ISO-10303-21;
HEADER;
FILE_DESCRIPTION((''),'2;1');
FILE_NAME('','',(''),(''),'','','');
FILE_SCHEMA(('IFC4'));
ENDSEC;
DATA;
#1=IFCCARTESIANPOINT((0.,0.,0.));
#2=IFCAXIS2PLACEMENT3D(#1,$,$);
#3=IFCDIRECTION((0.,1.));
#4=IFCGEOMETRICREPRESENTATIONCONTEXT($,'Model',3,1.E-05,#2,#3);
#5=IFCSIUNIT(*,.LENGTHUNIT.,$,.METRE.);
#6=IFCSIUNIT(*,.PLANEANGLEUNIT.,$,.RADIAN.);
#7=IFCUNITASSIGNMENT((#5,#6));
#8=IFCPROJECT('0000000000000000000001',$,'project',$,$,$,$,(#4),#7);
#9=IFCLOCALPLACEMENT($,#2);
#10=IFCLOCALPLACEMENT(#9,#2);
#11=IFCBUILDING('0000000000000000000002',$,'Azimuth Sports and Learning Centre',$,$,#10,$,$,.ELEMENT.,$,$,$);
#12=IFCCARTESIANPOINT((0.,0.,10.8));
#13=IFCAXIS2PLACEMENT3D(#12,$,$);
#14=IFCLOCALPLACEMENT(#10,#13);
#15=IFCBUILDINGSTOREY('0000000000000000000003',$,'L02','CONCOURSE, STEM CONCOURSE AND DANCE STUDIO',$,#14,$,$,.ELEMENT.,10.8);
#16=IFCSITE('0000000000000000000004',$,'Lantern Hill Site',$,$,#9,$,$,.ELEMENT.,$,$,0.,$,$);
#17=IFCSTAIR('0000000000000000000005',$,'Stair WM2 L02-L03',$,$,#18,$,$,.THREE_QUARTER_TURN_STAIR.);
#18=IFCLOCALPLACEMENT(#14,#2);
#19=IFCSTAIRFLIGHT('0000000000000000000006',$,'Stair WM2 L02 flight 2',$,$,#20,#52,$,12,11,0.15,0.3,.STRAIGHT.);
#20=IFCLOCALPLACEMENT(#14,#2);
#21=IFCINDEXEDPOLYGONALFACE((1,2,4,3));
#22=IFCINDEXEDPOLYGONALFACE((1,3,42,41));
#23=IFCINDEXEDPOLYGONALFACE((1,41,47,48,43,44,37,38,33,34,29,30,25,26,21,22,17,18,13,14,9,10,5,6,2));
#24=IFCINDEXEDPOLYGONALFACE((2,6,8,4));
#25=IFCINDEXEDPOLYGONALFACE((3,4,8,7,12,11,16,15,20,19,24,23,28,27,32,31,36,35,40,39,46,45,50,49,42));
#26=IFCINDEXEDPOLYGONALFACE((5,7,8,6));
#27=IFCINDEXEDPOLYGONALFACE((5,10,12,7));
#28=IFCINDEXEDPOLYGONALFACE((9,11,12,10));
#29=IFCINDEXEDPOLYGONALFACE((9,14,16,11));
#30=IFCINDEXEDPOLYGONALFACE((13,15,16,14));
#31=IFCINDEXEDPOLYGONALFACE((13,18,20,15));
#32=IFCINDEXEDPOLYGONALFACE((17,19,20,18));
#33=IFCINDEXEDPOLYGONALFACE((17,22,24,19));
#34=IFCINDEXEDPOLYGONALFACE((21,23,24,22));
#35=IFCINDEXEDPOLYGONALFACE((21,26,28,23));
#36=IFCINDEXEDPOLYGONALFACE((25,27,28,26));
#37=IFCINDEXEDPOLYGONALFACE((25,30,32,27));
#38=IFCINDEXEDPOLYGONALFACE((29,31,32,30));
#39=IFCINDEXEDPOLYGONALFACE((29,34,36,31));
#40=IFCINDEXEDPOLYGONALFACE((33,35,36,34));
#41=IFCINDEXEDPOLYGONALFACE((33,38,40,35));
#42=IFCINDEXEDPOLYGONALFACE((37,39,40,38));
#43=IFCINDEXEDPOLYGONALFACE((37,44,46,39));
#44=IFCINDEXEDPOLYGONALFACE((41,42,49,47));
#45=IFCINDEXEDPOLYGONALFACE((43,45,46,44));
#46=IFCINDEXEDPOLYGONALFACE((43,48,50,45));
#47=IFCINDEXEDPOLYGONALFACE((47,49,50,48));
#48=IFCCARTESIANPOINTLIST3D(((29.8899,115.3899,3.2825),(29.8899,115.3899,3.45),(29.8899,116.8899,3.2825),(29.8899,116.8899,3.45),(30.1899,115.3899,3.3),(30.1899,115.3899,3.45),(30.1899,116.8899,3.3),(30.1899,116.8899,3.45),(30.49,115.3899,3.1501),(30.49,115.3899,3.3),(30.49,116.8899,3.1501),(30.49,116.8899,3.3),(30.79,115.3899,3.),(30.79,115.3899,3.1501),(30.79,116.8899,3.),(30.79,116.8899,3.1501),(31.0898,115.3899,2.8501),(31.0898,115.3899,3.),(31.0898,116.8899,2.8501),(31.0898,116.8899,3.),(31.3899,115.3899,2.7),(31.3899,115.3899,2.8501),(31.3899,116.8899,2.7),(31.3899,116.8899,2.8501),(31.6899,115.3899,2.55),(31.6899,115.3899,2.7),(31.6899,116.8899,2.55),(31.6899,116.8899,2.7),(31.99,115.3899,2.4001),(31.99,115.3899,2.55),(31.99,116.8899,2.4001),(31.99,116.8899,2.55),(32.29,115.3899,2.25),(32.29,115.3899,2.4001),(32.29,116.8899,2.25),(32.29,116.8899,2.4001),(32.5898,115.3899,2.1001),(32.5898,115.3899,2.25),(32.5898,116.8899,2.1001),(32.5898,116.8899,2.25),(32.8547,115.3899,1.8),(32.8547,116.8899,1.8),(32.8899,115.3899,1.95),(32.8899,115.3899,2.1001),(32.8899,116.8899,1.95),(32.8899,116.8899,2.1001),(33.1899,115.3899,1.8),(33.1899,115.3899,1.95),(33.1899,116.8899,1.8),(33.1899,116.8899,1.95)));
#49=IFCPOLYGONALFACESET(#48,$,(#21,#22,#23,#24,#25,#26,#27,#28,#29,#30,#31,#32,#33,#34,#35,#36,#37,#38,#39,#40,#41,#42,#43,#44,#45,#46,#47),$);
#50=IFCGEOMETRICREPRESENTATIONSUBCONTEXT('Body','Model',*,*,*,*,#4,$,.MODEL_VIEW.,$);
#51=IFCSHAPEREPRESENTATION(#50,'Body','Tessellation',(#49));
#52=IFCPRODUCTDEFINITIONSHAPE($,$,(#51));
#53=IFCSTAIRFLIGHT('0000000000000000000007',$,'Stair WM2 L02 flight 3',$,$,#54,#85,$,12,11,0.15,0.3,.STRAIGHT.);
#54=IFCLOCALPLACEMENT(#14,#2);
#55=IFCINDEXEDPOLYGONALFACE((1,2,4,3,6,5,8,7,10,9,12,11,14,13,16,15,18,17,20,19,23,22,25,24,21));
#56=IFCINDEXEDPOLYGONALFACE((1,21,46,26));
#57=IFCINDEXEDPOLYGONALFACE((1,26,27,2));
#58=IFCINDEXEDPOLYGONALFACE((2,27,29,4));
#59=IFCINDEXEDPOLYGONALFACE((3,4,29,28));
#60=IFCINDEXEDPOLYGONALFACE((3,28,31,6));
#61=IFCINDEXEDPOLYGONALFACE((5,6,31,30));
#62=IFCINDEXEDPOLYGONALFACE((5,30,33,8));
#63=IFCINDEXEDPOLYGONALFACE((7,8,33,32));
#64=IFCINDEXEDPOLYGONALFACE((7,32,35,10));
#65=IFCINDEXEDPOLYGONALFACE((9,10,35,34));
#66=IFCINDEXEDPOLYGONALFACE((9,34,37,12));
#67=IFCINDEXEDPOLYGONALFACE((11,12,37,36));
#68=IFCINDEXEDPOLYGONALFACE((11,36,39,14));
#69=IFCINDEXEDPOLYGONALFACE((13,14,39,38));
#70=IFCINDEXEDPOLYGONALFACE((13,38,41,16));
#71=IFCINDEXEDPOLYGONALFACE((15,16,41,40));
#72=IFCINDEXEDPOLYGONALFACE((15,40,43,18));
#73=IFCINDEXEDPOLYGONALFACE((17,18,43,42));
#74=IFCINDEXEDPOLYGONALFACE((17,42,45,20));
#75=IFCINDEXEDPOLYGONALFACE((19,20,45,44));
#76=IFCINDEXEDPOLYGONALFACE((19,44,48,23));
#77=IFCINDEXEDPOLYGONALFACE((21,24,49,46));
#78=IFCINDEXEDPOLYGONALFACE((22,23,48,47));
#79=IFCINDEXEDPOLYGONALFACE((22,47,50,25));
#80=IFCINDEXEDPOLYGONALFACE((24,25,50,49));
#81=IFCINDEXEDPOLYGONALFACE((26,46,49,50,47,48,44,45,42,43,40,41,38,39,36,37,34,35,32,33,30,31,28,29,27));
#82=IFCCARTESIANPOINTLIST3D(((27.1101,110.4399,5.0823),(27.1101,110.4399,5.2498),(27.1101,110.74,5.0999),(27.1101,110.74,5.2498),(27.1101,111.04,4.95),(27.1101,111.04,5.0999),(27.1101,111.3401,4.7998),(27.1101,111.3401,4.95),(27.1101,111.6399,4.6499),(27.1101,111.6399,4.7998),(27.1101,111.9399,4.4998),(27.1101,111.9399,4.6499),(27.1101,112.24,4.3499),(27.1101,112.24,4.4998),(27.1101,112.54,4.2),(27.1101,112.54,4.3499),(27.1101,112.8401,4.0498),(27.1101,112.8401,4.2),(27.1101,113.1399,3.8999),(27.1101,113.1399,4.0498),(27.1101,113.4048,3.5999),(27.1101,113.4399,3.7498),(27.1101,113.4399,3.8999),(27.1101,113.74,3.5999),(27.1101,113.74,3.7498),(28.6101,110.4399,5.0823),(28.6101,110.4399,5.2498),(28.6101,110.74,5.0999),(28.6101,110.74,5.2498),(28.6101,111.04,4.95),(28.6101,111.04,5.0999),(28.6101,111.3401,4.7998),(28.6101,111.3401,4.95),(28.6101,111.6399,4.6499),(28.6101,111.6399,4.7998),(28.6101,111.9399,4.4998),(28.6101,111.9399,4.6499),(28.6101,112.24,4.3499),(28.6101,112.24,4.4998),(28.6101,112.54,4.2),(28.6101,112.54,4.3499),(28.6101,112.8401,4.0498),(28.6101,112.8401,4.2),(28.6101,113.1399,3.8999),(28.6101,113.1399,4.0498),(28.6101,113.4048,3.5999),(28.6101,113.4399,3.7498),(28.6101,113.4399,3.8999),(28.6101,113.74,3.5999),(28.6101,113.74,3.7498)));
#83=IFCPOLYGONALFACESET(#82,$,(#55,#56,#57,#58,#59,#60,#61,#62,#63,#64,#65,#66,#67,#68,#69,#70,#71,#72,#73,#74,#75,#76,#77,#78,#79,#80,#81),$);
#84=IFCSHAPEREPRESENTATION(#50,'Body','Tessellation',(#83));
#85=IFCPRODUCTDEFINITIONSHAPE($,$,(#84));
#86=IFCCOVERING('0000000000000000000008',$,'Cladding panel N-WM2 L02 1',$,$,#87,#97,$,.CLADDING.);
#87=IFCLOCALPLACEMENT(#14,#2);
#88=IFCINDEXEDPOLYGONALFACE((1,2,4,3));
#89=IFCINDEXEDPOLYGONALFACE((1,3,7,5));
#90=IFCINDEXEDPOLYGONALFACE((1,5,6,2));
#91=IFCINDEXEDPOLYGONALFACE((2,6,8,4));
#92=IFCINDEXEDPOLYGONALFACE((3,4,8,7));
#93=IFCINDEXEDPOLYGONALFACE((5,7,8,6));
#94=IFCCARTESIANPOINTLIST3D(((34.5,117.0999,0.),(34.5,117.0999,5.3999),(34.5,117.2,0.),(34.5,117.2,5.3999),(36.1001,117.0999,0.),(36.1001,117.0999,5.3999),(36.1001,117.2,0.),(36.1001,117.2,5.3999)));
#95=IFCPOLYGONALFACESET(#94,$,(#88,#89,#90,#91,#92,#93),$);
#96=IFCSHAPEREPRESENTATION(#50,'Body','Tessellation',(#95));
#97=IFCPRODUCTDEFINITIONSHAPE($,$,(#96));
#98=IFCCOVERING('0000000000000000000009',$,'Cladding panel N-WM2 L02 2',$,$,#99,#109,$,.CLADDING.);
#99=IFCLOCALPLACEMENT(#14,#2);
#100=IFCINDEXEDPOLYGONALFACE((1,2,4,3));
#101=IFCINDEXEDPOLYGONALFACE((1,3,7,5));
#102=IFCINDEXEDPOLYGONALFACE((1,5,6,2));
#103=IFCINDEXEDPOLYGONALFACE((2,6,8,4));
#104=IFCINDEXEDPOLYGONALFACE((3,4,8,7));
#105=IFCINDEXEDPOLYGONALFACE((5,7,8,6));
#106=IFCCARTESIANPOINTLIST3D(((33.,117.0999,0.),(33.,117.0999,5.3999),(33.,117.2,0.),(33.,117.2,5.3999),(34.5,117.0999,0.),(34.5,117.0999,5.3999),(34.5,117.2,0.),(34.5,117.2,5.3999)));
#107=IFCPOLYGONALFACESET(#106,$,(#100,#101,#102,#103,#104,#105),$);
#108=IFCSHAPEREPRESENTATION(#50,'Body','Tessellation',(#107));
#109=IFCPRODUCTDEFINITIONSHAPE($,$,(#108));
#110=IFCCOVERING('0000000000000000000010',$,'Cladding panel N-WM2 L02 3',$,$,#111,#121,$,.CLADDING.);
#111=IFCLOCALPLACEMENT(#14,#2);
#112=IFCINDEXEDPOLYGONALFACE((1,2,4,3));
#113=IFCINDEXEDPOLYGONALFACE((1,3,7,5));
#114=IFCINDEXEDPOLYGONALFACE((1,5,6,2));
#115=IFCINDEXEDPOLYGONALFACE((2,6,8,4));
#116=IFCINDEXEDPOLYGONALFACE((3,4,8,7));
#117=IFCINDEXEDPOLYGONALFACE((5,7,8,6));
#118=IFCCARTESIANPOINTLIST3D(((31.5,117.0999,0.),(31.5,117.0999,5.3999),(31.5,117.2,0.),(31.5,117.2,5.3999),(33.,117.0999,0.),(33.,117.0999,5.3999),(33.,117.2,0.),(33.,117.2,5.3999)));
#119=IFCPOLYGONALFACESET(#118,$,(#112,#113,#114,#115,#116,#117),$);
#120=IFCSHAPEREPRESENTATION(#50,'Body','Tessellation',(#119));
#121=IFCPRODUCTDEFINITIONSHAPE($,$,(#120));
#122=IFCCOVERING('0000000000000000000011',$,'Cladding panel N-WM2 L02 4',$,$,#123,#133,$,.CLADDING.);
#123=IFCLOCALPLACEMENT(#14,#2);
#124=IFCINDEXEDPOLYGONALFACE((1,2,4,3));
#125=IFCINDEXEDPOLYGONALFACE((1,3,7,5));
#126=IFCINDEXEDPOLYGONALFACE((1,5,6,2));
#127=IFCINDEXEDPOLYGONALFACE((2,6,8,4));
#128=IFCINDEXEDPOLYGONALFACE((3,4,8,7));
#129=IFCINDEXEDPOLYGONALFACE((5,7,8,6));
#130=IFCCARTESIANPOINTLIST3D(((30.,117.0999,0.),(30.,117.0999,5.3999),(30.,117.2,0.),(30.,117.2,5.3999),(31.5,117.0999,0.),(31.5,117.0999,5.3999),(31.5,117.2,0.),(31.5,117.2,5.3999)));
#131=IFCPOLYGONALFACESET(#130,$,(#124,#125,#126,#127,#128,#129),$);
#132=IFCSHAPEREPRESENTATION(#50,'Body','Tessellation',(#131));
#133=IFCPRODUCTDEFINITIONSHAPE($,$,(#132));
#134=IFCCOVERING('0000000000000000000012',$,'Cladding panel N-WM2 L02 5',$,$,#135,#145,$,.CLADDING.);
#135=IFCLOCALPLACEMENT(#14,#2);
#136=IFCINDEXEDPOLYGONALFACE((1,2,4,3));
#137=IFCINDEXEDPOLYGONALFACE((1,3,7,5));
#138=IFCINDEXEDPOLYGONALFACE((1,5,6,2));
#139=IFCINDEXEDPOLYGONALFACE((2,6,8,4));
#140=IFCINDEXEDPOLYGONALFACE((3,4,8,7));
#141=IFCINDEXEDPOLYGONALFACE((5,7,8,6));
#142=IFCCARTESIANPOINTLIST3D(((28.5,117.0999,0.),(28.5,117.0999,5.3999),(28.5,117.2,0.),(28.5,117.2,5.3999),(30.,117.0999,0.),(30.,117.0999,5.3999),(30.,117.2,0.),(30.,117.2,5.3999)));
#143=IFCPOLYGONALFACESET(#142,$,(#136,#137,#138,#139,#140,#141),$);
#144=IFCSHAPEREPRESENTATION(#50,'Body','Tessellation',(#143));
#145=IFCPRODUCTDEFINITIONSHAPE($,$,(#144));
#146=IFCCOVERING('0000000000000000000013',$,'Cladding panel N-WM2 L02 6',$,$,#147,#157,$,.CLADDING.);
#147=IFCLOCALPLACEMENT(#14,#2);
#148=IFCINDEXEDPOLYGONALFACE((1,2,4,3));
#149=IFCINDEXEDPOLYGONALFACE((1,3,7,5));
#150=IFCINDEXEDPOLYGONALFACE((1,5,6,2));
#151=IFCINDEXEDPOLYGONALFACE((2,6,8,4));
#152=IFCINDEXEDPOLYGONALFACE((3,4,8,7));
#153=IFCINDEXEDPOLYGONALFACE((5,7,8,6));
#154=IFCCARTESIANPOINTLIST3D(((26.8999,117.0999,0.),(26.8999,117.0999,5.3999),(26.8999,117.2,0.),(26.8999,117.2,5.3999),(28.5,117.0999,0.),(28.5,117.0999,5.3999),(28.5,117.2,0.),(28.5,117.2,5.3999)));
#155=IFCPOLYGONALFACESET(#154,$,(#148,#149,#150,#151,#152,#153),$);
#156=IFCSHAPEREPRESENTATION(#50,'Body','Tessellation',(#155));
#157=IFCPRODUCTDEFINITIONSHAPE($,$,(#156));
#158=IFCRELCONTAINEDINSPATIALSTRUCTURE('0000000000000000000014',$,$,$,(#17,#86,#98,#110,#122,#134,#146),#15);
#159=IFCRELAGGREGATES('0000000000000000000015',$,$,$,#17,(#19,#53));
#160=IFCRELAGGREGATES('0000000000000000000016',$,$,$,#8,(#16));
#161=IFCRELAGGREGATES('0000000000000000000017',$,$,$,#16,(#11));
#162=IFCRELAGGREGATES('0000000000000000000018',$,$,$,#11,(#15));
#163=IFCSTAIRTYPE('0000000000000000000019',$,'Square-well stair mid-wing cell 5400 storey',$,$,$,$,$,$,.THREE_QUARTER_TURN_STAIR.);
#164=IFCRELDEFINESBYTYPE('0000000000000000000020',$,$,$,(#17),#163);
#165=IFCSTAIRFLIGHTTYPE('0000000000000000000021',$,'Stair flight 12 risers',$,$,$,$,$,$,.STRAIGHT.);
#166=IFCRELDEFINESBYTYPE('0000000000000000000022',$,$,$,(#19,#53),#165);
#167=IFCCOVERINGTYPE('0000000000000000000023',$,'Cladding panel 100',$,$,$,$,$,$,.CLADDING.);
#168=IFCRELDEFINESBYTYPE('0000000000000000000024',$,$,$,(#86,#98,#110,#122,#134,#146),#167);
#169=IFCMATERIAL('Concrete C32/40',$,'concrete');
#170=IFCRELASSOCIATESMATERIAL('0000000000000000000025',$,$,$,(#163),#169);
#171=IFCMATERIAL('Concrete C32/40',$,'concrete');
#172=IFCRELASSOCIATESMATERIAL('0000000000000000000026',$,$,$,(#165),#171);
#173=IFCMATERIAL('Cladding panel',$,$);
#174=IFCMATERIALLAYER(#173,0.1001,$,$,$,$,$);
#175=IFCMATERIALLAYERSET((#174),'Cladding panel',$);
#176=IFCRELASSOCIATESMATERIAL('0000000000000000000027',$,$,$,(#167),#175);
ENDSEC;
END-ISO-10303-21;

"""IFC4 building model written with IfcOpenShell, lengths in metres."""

from ifc_helpers import new_model, si_unit, direction, frame, origin, origin_2d, place, context, subcontext, project, spatial, polyline, rectangle, outline, extrude, material, layer, layer_set, type_object, element, aggregate, save


model = new_model("IFC4")

# Units and contexts
model_context = context("Model", 3, precision=1e-05, world=origin(), true_north=direction((0.0, 1.0)))
body_context = subcontext(model_context, "Body", "Model", "MODEL_VIEW")
ifc_project = project(units=[si_unit("LENGTHUNIT", "METRE"), si_unit("PLANEANGLEUNIT", "RADIAN")], contexts=[model_context])

# Site, building, storey
site_placement = place(None, origin())
site = spatial("IfcSite", under=ifc_project, at=site_placement, Name="Lantern Hill Site", CompositionType="ELEMENT", RefElevation=0.0)
building_placement = place(site_placement, origin())
building = spatial("IfcBuilding", under=site, at=building_placement, Name="Azimuth Sports and Learning Centre", CompositionType="ELEMENT")
storey_placement = place(building_placement, frame((0.0, 0.0, 10.8)))
storey = spatial("IfcBuildingStorey", under=building, at=storey_placement, Name="L02", Description="CONCOURSE, STEM CONCOURSE AND DANCE STUDIO", CompositionType="ELEMENT", Elevation=10.8)

# Stair, stair flights
ifc_material_1 = material(Name="Concrete C32/40", Category="concrete")
stair_type = type_object("IfcStairType", Name="Square-well stair mid-wing cell 5400 storey", PredefinedType="THREE_QUARTER_TURN_STAIR", material=ifc_material_1)
stair_placement = place(storey_placement, origin())
stair = element("IfcStair", 1, at=stair_placement, inside=storey, type_object=stair_type, Name="Stair WM2 L02-L03", PredefinedType="THREE_QUARTER_TURN_STAIR")
ifc_material_2 = material(Name="Concrete C32/40", Category="concrete")
stair_flight_type = type_object("IfcStairFlightType", Name="Stair flight 12 risers", PredefinedType="STRAIGHT", material=ifc_material_2)
stair_flight_1_placement = place(storey_placement, frame((33.1899, 116.1399, 1.8), z_axis=(0.0, 0.0, 1.0), x_axis=(-1.0, 0.0, 0.0)))
stair_flight_1 = element("IfcStairFlight", 2, at=stair_flight_1_placement, type_object=stair_flight_type, Name="Stair WM2 L02 flight 2", NumberOfRisers=12, NumberOfTreads=11, PredefinedType="STRAIGHT", RiserHeight=0.15, TreadLength=0.3, context=body_context, shape_type="SweptSolid", body=[
    extrude(outline(polyline([(0.0, 0.0), (0.0, 0.1499), (0.3, 0.1499), (0.3, 0.3), (0.6001, 0.3), (0.6001, 0.45), (0.8999, 0.45), (0.8999, 0.6001), (1.2, 0.6001), (1.2, 0.75), (1.5, 0.75), (1.5, 0.8999), (1.8, 0.8999), (1.8, 1.05), (2.1001, 1.05), (2.1001, 1.2), (2.3999, 1.2), (2.3999, 1.3501), (2.7, 1.3501), (2.7, 1.5), (3.0, 1.5), (3.0, 1.6499), (3.3, 1.6499), (3.3, 1.8), (3.3, 1.4824), (0.3352, 0.0), (0.0, 0.0)])), frame((0.0, 0.75, 0.0), z_axis=(0.0, -1.0, 0.0), x_axis=(1.0, 0.0, 0.0)), (0.0, 0.0, 1.0), 1.5),
])
stair_flight_2_placement = place(storey_placement, frame((27.8601, 113.74, 3.5999), z_axis=(0.0, 0.0, 1.0), x_axis=(0.0, -1.0, 0.0)))
stair_flight_2 = element("IfcStairFlight", 3, at=stair_flight_2_placement, type_object=stair_flight_type, Name="Stair WM2 L02 flight 3", NumberOfRisers=12, NumberOfTreads=11, PredefinedType="STRAIGHT", RiserHeight=0.15, TreadLength=0.3, context=body_context, shape_type="SweptSolid", body=[
    extrude(outline(polyline([(0.0, 0.0), (0.0, 0.1499), (0.3, 0.1499), (0.3, 0.3), (0.6001, 0.3), (0.6001, 0.45), (0.8999, 0.45), (0.8999, 0.6001), (1.2, 0.6001), (1.2, 0.75), (1.5, 0.75), (1.5, 0.8999), (1.8, 0.8999), (1.8, 1.05), (2.1001, 1.05), (2.1001, 1.2), (2.3999, 1.2), (2.3999, 1.3501), (2.7, 1.3501), (2.7, 1.5), (3.0, 1.5), (3.0, 1.6499), (3.3, 1.6499), (3.3, 1.8), (3.3, 1.4824), (0.3352, 0.0), (0.0, 0.0)])), frame((0.0, 0.75, 0.0), z_axis=(0.0, -1.0, 0.0), x_axis=(1.0, 0.0, 0.0)), (0.0, 0.0, 1.0), 1.5),
])
aggregate(stair, [stair_flight_1, stair_flight_2])

# Coverings
ifc_material_3 = material(Name="Cladding panel")
ifc_layer_1 = layer(ifc_material_3, 0.1001)
ifc_layer_set_1 = layer_set([ifc_layer_1], Name="Cladding panel")
covering_type = type_object("IfcCoveringType", Name="Cladding panel 100", PredefinedType="CLADDING", material=ifc_layer_set_1)
covering_1_placement = place(storey_placement, frame((35.3, 117.1499, 0.0), z_axis=(0.0, 0.0, 1.0), x_axis=(-1.0, 0.0, 0.0)))
element("IfcCovering", 4, at=covering_1_placement, inside=storey, type_object=covering_type, Name="Cladding panel N-WM2 L02 1", PredefinedType="CLADDING", context=body_context, shape_type="SweptSolid", body=[
    extrude(rectangle(XDim=1.6001, YDim=0.1001, at=origin_2d()), origin(), (0.0, 0.0, 1.0), 5.3999),
])
for number, where, z_axis, x_axis, name in (
    (5, (33.75, 117.1499, 0.0), (0.0, 0.0, 1.0), (-1.0, 0.0, 0.0), "Cladding panel N-WM2 L02 2"),
    (6, (32.25, 117.1499, 0.0), (0.0, 0.0, 1.0), (-1.0, 0.0, 0.0), "Cladding panel N-WM2 L02 3"),
    (7, (30.75, 117.1499, 0.0), (0.0, 0.0, 1.0), (-1.0, 0.0, 0.0), "Cladding panel N-WM2 L02 4"),
    (8, (29.25, 117.1499, 0.0), (0.0, 0.0, 1.0), (-1.0, 0.0, 0.0), "Cladding panel N-WM2 L02 5"),
):
    element("IfcCovering", number, at=place(storey_placement, frame(where, z_axis=z_axis, x_axis=x_axis)), inside=storey, type_object=covering_type, Name=name, PredefinedType="CLADDING", context=body_context, shape_type="SweptSolid", body=[
        extrude(rectangle(XDim=1.5, YDim=0.1001, at=origin_2d()), origin(), (0.0, 0.0, 1.0), 5.3999),
    ])
covering_2_placement = place(storey_placement, frame((27.7, 117.1499, 0.0), z_axis=(0.0, 0.0, 1.0), x_axis=(-1.0, 0.0, 0.0)))
element("IfcCovering", 9, at=covering_2_placement, inside=storey, type_object=covering_type, Name="Cladding panel N-WM2 L02 6", PredefinedType="CLADDING", context=body_context, shape_type="SweptSolid", body=[
    extrude(rectangle(XDim=1.6001, YDim=0.1001, at=origin_2d()), origin(), (0.0, 0.0, 1.0), 5.3999),
])

save(model, "model.ifc")
